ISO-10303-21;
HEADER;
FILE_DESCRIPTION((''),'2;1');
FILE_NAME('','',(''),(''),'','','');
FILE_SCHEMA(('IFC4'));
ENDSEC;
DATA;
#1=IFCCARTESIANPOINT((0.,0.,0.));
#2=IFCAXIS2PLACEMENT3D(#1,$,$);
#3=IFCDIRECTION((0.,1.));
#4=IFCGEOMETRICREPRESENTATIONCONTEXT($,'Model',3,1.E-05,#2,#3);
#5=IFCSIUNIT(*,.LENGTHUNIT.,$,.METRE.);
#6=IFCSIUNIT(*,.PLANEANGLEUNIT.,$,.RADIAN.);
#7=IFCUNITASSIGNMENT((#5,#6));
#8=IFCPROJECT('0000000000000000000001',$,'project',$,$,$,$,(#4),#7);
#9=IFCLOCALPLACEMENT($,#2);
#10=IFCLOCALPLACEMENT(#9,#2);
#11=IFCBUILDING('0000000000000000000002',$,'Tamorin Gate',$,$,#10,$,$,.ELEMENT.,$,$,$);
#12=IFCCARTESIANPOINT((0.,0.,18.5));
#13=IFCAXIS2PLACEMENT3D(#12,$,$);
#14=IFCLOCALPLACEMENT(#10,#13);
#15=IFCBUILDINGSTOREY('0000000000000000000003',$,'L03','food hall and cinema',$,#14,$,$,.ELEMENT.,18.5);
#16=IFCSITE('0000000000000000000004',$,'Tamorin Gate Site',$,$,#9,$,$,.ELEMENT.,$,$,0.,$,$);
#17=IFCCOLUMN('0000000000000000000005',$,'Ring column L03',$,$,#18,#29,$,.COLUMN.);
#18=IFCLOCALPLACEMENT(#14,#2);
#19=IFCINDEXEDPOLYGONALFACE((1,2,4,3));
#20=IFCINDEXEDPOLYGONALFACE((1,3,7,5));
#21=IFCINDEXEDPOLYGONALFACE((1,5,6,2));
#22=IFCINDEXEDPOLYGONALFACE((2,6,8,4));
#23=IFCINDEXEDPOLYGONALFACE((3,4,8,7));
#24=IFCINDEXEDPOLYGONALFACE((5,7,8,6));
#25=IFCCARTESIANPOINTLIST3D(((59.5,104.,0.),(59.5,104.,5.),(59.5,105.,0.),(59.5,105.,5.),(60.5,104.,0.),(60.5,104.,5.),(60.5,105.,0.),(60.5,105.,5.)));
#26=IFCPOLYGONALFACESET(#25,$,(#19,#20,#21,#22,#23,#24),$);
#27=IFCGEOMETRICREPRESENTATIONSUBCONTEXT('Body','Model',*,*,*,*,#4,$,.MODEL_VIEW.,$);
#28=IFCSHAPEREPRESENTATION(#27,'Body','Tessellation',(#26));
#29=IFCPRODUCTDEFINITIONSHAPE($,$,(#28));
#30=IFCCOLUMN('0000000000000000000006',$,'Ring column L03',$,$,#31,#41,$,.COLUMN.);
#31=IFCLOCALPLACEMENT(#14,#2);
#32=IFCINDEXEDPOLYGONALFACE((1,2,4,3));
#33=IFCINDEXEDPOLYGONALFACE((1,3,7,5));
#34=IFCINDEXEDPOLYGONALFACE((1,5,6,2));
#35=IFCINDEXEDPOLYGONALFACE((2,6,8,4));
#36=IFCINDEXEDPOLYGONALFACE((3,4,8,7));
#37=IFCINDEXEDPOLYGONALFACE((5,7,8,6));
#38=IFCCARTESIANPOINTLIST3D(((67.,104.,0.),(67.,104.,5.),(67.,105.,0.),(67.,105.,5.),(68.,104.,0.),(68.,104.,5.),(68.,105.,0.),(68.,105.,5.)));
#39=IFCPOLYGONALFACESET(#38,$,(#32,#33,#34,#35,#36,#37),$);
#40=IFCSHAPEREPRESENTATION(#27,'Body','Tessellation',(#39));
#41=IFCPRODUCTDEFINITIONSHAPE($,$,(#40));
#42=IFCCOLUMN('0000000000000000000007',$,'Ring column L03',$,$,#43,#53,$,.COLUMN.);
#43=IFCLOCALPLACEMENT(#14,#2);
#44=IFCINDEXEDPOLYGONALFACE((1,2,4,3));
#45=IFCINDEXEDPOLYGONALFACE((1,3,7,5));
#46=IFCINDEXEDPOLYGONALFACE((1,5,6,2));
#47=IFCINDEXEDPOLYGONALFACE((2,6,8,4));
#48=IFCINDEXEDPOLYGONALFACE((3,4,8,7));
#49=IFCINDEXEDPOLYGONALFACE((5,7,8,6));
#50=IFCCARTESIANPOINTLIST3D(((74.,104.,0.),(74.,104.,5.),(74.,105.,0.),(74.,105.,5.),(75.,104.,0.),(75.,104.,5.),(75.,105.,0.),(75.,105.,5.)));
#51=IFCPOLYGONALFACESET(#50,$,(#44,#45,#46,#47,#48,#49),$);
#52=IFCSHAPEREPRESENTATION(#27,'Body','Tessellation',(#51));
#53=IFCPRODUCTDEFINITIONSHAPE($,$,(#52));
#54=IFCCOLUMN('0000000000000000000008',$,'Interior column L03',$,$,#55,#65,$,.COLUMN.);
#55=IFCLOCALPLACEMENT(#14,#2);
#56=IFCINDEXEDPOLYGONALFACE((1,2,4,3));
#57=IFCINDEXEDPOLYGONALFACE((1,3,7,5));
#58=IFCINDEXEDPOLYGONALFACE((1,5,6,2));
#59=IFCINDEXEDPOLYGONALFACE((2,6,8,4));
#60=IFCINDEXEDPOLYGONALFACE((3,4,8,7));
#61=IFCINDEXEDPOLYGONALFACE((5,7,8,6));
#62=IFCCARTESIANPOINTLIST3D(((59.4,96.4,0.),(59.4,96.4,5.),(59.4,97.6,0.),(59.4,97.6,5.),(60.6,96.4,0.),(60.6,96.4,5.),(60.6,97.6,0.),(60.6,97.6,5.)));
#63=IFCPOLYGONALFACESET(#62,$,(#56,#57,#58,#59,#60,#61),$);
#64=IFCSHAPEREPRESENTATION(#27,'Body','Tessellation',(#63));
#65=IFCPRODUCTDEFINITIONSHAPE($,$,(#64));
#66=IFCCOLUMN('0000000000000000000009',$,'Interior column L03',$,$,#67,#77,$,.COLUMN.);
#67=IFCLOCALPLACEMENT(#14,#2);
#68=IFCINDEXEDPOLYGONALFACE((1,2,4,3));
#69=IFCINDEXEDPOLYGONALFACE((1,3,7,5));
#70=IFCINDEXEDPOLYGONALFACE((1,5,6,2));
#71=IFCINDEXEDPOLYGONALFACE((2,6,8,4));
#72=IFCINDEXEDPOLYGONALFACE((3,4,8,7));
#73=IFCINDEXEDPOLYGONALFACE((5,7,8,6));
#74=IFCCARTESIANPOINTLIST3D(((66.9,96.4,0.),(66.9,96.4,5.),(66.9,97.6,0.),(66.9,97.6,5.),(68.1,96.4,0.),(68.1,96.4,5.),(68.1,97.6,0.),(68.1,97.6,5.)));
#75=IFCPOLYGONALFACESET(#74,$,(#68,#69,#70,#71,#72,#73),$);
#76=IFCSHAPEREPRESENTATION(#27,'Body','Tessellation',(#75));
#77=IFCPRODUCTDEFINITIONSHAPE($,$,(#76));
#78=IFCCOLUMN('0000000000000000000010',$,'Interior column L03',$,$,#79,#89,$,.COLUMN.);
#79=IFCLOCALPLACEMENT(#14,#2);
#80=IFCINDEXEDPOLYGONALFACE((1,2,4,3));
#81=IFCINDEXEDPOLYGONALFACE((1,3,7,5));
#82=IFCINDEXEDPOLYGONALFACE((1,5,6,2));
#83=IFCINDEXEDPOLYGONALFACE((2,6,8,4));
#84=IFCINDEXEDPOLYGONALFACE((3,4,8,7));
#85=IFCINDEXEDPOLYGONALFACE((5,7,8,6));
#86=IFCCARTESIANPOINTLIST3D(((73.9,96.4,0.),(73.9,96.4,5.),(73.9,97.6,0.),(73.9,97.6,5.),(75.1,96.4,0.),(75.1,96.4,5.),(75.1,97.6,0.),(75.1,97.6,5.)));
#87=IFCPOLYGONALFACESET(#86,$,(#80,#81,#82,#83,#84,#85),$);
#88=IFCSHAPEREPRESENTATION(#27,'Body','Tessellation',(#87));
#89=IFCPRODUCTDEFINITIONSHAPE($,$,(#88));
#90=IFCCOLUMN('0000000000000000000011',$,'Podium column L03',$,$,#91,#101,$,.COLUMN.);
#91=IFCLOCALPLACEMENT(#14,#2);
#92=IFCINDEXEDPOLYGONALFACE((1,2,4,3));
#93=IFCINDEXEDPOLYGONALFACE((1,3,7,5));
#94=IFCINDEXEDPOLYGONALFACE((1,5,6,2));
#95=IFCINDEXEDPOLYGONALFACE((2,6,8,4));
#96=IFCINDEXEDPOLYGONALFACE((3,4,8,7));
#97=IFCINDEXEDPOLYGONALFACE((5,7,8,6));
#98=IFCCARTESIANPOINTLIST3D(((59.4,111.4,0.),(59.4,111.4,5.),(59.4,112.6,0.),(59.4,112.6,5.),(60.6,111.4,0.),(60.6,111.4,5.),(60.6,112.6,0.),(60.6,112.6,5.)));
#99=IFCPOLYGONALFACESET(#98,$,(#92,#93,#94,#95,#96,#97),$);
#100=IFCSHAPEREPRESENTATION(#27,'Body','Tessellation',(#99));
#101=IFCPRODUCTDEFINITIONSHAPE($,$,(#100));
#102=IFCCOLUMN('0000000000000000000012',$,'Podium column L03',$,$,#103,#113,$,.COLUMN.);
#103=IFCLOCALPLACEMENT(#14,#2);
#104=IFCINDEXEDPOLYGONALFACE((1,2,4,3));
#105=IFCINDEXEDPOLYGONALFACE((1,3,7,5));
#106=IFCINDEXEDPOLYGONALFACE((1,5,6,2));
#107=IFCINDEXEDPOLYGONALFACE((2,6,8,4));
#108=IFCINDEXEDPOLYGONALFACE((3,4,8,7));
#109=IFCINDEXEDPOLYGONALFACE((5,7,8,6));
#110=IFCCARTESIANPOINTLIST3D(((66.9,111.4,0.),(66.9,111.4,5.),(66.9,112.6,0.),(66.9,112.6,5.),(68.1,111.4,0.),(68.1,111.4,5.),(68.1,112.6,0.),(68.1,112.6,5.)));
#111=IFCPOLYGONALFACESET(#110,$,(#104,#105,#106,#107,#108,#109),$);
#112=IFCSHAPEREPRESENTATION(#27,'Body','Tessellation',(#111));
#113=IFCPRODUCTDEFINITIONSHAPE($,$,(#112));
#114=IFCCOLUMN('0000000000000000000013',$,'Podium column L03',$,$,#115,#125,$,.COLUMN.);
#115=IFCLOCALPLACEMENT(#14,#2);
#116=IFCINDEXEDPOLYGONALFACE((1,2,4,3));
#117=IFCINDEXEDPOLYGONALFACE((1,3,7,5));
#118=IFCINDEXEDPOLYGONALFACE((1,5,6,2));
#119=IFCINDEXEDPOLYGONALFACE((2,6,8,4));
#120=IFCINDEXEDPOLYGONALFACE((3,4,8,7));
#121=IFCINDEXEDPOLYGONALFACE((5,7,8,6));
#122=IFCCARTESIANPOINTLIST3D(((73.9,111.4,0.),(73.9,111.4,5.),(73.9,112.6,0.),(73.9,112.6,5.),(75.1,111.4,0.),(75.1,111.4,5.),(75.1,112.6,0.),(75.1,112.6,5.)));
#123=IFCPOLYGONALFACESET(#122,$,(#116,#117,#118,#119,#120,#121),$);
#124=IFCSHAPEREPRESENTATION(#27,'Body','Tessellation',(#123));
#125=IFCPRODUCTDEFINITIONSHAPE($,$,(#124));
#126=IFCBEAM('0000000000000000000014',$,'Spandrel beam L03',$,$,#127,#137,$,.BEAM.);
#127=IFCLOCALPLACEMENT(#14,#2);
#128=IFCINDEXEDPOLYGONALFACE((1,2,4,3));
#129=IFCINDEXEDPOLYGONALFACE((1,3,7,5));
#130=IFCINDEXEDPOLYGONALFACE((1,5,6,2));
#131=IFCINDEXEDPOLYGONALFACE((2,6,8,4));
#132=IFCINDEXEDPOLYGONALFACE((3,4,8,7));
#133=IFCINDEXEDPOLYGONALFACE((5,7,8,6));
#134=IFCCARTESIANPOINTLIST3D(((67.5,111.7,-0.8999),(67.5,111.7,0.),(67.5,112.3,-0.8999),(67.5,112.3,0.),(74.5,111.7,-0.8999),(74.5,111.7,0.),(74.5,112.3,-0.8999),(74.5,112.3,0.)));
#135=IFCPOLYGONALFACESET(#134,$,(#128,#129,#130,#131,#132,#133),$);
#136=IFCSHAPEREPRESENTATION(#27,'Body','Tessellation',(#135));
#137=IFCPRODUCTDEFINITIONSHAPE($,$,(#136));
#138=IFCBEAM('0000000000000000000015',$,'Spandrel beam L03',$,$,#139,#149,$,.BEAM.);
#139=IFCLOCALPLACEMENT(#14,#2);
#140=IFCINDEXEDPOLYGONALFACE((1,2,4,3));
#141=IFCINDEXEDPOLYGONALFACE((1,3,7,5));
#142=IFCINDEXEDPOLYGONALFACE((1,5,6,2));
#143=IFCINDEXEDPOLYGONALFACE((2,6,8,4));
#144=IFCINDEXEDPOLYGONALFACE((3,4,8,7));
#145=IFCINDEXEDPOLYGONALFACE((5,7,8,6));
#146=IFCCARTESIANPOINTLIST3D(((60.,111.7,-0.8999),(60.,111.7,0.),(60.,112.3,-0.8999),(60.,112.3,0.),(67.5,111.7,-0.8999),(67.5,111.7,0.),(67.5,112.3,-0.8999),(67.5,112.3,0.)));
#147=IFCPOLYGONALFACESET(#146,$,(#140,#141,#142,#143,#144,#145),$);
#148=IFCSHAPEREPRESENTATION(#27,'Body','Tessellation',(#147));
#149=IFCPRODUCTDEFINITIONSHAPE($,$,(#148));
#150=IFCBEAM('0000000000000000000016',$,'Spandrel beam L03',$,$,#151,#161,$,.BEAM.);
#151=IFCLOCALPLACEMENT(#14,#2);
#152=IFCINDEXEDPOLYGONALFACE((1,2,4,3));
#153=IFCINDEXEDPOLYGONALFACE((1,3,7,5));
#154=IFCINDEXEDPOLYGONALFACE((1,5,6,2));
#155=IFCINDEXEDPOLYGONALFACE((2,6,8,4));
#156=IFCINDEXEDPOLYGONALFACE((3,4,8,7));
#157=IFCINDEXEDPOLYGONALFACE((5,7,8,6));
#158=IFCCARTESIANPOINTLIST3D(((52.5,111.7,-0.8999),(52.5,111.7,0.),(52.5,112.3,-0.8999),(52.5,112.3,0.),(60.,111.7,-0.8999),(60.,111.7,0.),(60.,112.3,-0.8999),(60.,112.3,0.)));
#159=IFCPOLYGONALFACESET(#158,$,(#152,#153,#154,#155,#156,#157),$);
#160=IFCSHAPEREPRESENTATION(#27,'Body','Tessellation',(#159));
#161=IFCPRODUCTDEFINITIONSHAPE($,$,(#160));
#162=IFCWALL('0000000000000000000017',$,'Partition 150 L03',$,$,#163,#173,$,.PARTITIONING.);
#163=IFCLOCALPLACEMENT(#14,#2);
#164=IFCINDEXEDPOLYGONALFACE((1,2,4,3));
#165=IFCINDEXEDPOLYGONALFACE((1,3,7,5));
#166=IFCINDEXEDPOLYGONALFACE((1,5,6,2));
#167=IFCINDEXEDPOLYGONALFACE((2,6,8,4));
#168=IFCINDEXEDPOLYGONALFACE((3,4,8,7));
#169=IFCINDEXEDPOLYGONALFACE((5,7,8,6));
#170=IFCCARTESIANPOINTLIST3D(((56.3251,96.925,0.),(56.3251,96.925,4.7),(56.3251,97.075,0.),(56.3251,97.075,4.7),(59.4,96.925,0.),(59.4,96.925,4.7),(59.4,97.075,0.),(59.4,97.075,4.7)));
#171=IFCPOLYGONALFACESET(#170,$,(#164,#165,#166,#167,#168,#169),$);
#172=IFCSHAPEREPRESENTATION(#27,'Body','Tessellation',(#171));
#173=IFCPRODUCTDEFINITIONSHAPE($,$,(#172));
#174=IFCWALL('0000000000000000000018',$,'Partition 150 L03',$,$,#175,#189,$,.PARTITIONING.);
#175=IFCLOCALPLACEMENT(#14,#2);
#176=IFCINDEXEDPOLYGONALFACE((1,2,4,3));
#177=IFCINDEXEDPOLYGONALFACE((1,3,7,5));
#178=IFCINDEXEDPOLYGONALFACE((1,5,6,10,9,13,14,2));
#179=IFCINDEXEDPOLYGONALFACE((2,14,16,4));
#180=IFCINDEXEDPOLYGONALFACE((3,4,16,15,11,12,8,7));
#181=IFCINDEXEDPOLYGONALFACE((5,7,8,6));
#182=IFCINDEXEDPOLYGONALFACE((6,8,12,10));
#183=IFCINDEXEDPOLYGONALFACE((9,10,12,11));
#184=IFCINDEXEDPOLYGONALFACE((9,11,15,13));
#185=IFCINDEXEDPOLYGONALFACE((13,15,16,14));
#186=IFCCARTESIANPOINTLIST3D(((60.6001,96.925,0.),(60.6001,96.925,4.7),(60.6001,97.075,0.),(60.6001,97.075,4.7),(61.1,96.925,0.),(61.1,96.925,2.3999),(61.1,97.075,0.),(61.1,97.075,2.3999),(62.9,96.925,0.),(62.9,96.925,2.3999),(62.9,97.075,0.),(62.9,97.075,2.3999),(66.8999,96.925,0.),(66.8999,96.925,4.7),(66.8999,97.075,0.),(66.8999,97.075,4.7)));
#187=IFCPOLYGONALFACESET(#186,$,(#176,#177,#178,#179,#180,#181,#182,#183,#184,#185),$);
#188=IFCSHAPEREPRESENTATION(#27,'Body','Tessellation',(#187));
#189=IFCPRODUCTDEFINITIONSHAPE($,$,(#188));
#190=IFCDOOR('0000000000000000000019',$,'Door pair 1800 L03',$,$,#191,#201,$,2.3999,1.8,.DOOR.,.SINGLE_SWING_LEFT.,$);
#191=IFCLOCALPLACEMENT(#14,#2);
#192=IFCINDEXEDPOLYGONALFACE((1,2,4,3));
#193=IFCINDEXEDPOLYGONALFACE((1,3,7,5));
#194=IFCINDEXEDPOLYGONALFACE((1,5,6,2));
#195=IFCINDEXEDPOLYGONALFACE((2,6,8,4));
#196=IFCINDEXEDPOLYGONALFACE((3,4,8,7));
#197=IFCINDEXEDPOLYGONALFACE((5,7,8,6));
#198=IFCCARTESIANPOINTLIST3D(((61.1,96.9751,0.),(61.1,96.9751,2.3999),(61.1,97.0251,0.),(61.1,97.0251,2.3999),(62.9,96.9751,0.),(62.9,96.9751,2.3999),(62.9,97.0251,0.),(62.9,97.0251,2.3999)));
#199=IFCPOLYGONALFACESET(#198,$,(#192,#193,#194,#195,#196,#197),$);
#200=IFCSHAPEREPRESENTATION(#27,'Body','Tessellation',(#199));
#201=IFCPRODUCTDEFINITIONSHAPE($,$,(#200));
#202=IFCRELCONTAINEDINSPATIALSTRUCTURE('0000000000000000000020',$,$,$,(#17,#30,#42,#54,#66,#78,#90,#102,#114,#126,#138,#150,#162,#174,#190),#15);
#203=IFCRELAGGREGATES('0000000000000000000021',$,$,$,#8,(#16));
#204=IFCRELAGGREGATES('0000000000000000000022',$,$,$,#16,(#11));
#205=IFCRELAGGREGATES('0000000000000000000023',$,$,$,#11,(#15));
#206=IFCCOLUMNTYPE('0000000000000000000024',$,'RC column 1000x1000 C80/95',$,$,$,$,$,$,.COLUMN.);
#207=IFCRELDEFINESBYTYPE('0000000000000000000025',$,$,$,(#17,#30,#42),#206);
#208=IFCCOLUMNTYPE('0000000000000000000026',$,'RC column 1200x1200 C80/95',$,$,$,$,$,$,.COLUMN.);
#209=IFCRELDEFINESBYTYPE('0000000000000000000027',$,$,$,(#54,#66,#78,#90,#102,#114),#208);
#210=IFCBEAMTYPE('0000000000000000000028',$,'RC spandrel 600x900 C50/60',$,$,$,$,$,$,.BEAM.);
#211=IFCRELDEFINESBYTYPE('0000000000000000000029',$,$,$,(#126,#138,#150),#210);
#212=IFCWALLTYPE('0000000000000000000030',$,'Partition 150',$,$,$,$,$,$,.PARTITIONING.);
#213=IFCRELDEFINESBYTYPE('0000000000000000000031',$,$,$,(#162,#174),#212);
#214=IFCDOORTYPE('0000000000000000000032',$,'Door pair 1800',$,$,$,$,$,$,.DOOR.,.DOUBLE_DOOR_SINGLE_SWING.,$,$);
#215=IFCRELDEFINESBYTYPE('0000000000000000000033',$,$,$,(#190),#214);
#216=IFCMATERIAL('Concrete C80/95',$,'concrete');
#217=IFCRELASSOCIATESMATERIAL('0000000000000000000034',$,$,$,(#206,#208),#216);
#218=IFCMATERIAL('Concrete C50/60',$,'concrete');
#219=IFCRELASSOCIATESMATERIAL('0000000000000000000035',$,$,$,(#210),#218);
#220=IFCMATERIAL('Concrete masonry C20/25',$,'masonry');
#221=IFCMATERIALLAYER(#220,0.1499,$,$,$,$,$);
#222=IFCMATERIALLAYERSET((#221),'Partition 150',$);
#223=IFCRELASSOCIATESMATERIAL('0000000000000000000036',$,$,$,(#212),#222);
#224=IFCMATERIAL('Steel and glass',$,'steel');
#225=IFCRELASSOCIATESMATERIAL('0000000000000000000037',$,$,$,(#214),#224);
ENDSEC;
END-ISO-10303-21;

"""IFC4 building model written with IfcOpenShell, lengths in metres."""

from ifc_helpers import new_model, si_unit, direction, frame, frame_2d, origin, origin_2d, place, context, subcontext, project, spatial, rectangle, extrude, material, layer, layer_set, material_profile, profile_set, type_object, element, fill, save


model = new_model("IFC4")

# Units and contexts
model_context = context("Model", 3, precision=1e-05, world=origin(), true_north=direction((0.0, 1.0)))
body_context = subcontext(model_context, "Body", "Model", "MODEL_VIEW")
ifc_project = project(units=[si_unit("LENGTHUNIT", "METRE"), si_unit("PLANEANGLEUNIT", "RADIAN")], contexts=[model_context])

# Site, building, storey
site_placement = place(None, origin())
site = spatial("IfcSite", under=ifc_project, at=site_placement, Name="Tamorin Gate Site", CompositionType="ELEMENT", RefElevation=0.0)
building_placement = place(site_placement, origin())
building = spatial("IfcBuilding", under=site, at=building_placement, Name="Tamorin Gate", CompositionType="ELEMENT")
storey_placement = place(building_placement, frame((0.0, 0.0, 18.5)))
storey = spatial("IfcBuildingStorey", under=building, at=storey_placement, Name="L03", Description="food hall and cinema", CompositionType="ELEMENT", Elevation=18.5)

# Columns
ifc_material_1 = material(Name="Concrete C80/95", Category="concrete")
ifc_material_profile_1 = material_profile(ifc_material_1, rectangle(XDim=1.0, YDim=1.0, at=origin_2d()), Name="RC 1000x1000")
ifc_profile_set_1 = profile_set([ifc_material_profile_1], Name="Concrete C80/95")
column_type_1 = type_object("IfcColumnType", Name="RC column 1000x1000 C80/95", PredefinedType="COLUMN", material=ifc_profile_set_1)
for number, where, z_axis, x_axis, name in (
    (1, (60.0, 104.5, 0.0), (0.0, 0.0, 1.0), (1.0, 0.0, 0.0), "Ring column L03"),
    (2, (67.5, 104.5, 0.0), (0.0, 0.0, 1.0), (1.0, 0.0, 0.0), "Ring column L03"),
    (3, (74.5, 104.5, 0.0), (0.0, 0.0, 1.0), (1.0, 0.0, 0.0), "Ring column L03"),
):
    element("IfcColumn", number, at=place(storey_placement, frame(where, z_axis=z_axis, x_axis=x_axis)), inside=storey, type_object=column_type_1, Name=name, PredefinedType="COLUMN", context=body_context, shape_type="SweptSolid", body=[
        extrude(rectangle(XDim=1.0, YDim=1.0, at=origin_2d()), origin(), (0.0, 0.0, 1.0), 5.0),
    ])
ifc_material_profile_2 = material_profile(ifc_material_1, rectangle(XDim=1.2, YDim=1.2, at=origin_2d()), Name="RC 1200x1200")
ifc_profile_set_2 = profile_set([ifc_material_profile_2], Name="Concrete C80/95")
column_type_2 = type_object("IfcColumnType", Name="RC column 1200x1200 C80/95", PredefinedType="COLUMN", material=ifc_profile_set_2)
for number, where, z_axis, x_axis, name in (
    (4, (60.0, 97.0, 0.0), (0.0, 0.0, 1.0), (1.0, 0.0, 0.0), "Interior column L03"),
    (5, (67.5, 97.0, 0.0), (0.0, 0.0, 1.0), (1.0, 0.0, 0.0), "Interior column L03"),
    (6, (74.5, 97.0, 0.0), (0.0, 0.0, 1.0), (1.0, 0.0, 0.0), "Interior column L03"),
    (7, (60.0, 112.0, 0.0), (0.0, 0.0, 1.0), (1.0, 0.0, 0.0), "Podium column L03"),
    (8, (67.5, 112.0, 0.0), (0.0, 0.0, 1.0), (1.0, 0.0, 0.0), "Podium column L03"),
    (9, (74.5, 112.0, 0.0), (0.0, 0.0, 1.0), (1.0, 0.0, 0.0), "Podium column L03"),
):
    element("IfcColumn", number, at=place(storey_placement, frame(where, z_axis=z_axis, x_axis=x_axis)), inside=storey, type_object=column_type_2, Name=name, PredefinedType="COLUMN", context=body_context, shape_type="SweptSolid", body=[
        extrude(rectangle(XDim=1.2, YDim=1.2, at=origin_2d()), origin(), (0.0, 0.0, 1.0), 5.0),
    ])

# Beams
ifc_material_2 = material(Name="Concrete C50/60", Category="concrete")
ifc_material_profile_3 = material_profile(ifc_material_2, rectangle(XDim=0.6001, YDim=0.8999, at=origin_2d()), Name="RC 600x900")
ifc_profile_set_3 = profile_set([ifc_material_profile_3], Name="Concrete C50/60")
beam_type = type_object("IfcBeamType", Name="RC spandrel 600x900 C50/60", PredefinedType="BEAM", material=ifc_profile_set_3)
beam_placement = place(storey_placement, frame((74.5, 112.0, -0.45), z_axis=(-1.0, 0.0, 0.0), x_axis=(0.0, -1.0, 0.0)))
element("IfcBeam", 10, at=beam_placement, inside=storey, type_object=beam_type, Name="Spandrel beam L03", PredefinedType="BEAM", context=body_context, shape_type="SweptSolid", body=[
    extrude(rectangle(XDim=0.6001, YDim=0.8999, at=origin_2d()), origin(), (0.0, 0.0, 1.0), 7.0),
])
for number, where, z_axis, x_axis, name in (
    (11, (67.5, 112.0, -0.45), (-1.0, 0.0, 0.0), (0.0, -1.0, 0.0), "Spandrel beam L03"),
    (12, (60.0, 112.0, -0.45), (-1.0, 0.0, 0.0), (0.0, -1.0, 0.0), "Spandrel beam L03"),
):
    element("IfcBeam", number, at=place(storey_placement, frame(where, z_axis=z_axis, x_axis=x_axis)), inside=storey, type_object=beam_type, Name=name, PredefinedType="BEAM", context=body_context, shape_type="SweptSolid", body=[
        extrude(rectangle(XDim=0.6001, YDim=0.8999, at=origin_2d()), origin(), (0.0, 0.0, 1.0), 7.5),
    ])

# Wall
ifc_material_3 = material(Name="Concrete masonry C20/25", Category="masonry")
ifc_layer_1 = layer(ifc_material_3, 0.1499)
ifc_layer_set_1 = layer_set([ifc_layer_1], Name="Partition 150")
wall_type_1 = type_object("IfcWallType", Name="Partition 150", PredefinedType="PARTITIONING", material=ifc_layer_set_1)
wall_1_placement = place(storey_placement, frame((56.325, 97.0, 0.0), z_axis=(0.0, 0.0, 1.0), x_axis=(1.0, 0.0, 0.0)))
element("IfcWall", 13, at=wall_1_placement, inside=storey, type_object=wall_type_1, Name="Partition 150 L03", PredefinedType="PARTITIONING", context=body_context, shape_type="SweptSolid", body=[
    extrude(rectangle(XDim=3.075, YDim=0.1499, at=frame_2d((1.5376, 0.0))), origin(), (0.0, 0.0, 1.0), 4.7),
])

# Wall, opening, door
wall_2_placement = place(storey_placement, frame((66.8999, 97.0, 0.0), z_axis=(0.0, 0.0, 1.0), x_axis=(-1.0, 0.0, 0.0)))
wall_2 = element("IfcWall", 14, at=wall_2_placement, inside=storey, type_object=wall_type_1, Name="Partition 150 L03", PredefinedType="PARTITIONING", context=body_context, shape_type="SweptSolid", body=[
    extrude(rectangle(XDim=6.2998, YDim=0.1499, at=frame_2d((3.1499, 0.0))), origin(), (0.0, 0.0, 1.0), 4.7),
])
opening_1_placement = place(wall_2_placement, frame((4.0, 0.0, 0.0)))
opening_1 = element("IfcOpeningElement", 15, at=opening_1_placement, cuts=wall_2, PredefinedType="OPENING", context=body_context, shape_type="SweptSolid", body=[
    extrude(rectangle(XDim=1.8, YDim=2.3999, at=frame_2d((0.8999, 1.2))), frame((0.0, 0.085, 0.0), z_axis=(0.0, -1.0, 0.0), x_axis=(1.0, 0.0, 0.0)), (0.0, 0.0, 1.0), 0.1699),
])
ifc_material_4 = material(Name="Steel and glass", Category="steel")
door_type = type_object("IfcDoorType", Name="Door pair 1800", OperationType="DOUBLE_DOOR_SINGLE_SWING", PredefinedType="DOOR", material=ifc_material_4)
door_1_placement = place(opening_1_placement, origin())
door_1 = element("IfcDoor", 16, at=door_1_placement, inside=storey, type_object=door_type, Name="Door pair 1800 L03", OperationType="SINGLE_SWING_LEFT", OverallHeight=2.3999, OverallWidth=1.8, PredefinedType="DOOR", context=body_context, shape_type="SweptSolid", body=[
    extrude(rectangle(XDim=1.8, YDim=2.3999, at=frame_2d((0.8999, 1.2))), frame((0.0, 0.0249, 0.0), z_axis=(0.0, -1.0, 0.0), x_axis=(1.0, 0.0, 0.0)), (0.0, 0.0, 1.0), 0.05),
])
fill(opening_1, door_1)

save(model, "model.ifc")
